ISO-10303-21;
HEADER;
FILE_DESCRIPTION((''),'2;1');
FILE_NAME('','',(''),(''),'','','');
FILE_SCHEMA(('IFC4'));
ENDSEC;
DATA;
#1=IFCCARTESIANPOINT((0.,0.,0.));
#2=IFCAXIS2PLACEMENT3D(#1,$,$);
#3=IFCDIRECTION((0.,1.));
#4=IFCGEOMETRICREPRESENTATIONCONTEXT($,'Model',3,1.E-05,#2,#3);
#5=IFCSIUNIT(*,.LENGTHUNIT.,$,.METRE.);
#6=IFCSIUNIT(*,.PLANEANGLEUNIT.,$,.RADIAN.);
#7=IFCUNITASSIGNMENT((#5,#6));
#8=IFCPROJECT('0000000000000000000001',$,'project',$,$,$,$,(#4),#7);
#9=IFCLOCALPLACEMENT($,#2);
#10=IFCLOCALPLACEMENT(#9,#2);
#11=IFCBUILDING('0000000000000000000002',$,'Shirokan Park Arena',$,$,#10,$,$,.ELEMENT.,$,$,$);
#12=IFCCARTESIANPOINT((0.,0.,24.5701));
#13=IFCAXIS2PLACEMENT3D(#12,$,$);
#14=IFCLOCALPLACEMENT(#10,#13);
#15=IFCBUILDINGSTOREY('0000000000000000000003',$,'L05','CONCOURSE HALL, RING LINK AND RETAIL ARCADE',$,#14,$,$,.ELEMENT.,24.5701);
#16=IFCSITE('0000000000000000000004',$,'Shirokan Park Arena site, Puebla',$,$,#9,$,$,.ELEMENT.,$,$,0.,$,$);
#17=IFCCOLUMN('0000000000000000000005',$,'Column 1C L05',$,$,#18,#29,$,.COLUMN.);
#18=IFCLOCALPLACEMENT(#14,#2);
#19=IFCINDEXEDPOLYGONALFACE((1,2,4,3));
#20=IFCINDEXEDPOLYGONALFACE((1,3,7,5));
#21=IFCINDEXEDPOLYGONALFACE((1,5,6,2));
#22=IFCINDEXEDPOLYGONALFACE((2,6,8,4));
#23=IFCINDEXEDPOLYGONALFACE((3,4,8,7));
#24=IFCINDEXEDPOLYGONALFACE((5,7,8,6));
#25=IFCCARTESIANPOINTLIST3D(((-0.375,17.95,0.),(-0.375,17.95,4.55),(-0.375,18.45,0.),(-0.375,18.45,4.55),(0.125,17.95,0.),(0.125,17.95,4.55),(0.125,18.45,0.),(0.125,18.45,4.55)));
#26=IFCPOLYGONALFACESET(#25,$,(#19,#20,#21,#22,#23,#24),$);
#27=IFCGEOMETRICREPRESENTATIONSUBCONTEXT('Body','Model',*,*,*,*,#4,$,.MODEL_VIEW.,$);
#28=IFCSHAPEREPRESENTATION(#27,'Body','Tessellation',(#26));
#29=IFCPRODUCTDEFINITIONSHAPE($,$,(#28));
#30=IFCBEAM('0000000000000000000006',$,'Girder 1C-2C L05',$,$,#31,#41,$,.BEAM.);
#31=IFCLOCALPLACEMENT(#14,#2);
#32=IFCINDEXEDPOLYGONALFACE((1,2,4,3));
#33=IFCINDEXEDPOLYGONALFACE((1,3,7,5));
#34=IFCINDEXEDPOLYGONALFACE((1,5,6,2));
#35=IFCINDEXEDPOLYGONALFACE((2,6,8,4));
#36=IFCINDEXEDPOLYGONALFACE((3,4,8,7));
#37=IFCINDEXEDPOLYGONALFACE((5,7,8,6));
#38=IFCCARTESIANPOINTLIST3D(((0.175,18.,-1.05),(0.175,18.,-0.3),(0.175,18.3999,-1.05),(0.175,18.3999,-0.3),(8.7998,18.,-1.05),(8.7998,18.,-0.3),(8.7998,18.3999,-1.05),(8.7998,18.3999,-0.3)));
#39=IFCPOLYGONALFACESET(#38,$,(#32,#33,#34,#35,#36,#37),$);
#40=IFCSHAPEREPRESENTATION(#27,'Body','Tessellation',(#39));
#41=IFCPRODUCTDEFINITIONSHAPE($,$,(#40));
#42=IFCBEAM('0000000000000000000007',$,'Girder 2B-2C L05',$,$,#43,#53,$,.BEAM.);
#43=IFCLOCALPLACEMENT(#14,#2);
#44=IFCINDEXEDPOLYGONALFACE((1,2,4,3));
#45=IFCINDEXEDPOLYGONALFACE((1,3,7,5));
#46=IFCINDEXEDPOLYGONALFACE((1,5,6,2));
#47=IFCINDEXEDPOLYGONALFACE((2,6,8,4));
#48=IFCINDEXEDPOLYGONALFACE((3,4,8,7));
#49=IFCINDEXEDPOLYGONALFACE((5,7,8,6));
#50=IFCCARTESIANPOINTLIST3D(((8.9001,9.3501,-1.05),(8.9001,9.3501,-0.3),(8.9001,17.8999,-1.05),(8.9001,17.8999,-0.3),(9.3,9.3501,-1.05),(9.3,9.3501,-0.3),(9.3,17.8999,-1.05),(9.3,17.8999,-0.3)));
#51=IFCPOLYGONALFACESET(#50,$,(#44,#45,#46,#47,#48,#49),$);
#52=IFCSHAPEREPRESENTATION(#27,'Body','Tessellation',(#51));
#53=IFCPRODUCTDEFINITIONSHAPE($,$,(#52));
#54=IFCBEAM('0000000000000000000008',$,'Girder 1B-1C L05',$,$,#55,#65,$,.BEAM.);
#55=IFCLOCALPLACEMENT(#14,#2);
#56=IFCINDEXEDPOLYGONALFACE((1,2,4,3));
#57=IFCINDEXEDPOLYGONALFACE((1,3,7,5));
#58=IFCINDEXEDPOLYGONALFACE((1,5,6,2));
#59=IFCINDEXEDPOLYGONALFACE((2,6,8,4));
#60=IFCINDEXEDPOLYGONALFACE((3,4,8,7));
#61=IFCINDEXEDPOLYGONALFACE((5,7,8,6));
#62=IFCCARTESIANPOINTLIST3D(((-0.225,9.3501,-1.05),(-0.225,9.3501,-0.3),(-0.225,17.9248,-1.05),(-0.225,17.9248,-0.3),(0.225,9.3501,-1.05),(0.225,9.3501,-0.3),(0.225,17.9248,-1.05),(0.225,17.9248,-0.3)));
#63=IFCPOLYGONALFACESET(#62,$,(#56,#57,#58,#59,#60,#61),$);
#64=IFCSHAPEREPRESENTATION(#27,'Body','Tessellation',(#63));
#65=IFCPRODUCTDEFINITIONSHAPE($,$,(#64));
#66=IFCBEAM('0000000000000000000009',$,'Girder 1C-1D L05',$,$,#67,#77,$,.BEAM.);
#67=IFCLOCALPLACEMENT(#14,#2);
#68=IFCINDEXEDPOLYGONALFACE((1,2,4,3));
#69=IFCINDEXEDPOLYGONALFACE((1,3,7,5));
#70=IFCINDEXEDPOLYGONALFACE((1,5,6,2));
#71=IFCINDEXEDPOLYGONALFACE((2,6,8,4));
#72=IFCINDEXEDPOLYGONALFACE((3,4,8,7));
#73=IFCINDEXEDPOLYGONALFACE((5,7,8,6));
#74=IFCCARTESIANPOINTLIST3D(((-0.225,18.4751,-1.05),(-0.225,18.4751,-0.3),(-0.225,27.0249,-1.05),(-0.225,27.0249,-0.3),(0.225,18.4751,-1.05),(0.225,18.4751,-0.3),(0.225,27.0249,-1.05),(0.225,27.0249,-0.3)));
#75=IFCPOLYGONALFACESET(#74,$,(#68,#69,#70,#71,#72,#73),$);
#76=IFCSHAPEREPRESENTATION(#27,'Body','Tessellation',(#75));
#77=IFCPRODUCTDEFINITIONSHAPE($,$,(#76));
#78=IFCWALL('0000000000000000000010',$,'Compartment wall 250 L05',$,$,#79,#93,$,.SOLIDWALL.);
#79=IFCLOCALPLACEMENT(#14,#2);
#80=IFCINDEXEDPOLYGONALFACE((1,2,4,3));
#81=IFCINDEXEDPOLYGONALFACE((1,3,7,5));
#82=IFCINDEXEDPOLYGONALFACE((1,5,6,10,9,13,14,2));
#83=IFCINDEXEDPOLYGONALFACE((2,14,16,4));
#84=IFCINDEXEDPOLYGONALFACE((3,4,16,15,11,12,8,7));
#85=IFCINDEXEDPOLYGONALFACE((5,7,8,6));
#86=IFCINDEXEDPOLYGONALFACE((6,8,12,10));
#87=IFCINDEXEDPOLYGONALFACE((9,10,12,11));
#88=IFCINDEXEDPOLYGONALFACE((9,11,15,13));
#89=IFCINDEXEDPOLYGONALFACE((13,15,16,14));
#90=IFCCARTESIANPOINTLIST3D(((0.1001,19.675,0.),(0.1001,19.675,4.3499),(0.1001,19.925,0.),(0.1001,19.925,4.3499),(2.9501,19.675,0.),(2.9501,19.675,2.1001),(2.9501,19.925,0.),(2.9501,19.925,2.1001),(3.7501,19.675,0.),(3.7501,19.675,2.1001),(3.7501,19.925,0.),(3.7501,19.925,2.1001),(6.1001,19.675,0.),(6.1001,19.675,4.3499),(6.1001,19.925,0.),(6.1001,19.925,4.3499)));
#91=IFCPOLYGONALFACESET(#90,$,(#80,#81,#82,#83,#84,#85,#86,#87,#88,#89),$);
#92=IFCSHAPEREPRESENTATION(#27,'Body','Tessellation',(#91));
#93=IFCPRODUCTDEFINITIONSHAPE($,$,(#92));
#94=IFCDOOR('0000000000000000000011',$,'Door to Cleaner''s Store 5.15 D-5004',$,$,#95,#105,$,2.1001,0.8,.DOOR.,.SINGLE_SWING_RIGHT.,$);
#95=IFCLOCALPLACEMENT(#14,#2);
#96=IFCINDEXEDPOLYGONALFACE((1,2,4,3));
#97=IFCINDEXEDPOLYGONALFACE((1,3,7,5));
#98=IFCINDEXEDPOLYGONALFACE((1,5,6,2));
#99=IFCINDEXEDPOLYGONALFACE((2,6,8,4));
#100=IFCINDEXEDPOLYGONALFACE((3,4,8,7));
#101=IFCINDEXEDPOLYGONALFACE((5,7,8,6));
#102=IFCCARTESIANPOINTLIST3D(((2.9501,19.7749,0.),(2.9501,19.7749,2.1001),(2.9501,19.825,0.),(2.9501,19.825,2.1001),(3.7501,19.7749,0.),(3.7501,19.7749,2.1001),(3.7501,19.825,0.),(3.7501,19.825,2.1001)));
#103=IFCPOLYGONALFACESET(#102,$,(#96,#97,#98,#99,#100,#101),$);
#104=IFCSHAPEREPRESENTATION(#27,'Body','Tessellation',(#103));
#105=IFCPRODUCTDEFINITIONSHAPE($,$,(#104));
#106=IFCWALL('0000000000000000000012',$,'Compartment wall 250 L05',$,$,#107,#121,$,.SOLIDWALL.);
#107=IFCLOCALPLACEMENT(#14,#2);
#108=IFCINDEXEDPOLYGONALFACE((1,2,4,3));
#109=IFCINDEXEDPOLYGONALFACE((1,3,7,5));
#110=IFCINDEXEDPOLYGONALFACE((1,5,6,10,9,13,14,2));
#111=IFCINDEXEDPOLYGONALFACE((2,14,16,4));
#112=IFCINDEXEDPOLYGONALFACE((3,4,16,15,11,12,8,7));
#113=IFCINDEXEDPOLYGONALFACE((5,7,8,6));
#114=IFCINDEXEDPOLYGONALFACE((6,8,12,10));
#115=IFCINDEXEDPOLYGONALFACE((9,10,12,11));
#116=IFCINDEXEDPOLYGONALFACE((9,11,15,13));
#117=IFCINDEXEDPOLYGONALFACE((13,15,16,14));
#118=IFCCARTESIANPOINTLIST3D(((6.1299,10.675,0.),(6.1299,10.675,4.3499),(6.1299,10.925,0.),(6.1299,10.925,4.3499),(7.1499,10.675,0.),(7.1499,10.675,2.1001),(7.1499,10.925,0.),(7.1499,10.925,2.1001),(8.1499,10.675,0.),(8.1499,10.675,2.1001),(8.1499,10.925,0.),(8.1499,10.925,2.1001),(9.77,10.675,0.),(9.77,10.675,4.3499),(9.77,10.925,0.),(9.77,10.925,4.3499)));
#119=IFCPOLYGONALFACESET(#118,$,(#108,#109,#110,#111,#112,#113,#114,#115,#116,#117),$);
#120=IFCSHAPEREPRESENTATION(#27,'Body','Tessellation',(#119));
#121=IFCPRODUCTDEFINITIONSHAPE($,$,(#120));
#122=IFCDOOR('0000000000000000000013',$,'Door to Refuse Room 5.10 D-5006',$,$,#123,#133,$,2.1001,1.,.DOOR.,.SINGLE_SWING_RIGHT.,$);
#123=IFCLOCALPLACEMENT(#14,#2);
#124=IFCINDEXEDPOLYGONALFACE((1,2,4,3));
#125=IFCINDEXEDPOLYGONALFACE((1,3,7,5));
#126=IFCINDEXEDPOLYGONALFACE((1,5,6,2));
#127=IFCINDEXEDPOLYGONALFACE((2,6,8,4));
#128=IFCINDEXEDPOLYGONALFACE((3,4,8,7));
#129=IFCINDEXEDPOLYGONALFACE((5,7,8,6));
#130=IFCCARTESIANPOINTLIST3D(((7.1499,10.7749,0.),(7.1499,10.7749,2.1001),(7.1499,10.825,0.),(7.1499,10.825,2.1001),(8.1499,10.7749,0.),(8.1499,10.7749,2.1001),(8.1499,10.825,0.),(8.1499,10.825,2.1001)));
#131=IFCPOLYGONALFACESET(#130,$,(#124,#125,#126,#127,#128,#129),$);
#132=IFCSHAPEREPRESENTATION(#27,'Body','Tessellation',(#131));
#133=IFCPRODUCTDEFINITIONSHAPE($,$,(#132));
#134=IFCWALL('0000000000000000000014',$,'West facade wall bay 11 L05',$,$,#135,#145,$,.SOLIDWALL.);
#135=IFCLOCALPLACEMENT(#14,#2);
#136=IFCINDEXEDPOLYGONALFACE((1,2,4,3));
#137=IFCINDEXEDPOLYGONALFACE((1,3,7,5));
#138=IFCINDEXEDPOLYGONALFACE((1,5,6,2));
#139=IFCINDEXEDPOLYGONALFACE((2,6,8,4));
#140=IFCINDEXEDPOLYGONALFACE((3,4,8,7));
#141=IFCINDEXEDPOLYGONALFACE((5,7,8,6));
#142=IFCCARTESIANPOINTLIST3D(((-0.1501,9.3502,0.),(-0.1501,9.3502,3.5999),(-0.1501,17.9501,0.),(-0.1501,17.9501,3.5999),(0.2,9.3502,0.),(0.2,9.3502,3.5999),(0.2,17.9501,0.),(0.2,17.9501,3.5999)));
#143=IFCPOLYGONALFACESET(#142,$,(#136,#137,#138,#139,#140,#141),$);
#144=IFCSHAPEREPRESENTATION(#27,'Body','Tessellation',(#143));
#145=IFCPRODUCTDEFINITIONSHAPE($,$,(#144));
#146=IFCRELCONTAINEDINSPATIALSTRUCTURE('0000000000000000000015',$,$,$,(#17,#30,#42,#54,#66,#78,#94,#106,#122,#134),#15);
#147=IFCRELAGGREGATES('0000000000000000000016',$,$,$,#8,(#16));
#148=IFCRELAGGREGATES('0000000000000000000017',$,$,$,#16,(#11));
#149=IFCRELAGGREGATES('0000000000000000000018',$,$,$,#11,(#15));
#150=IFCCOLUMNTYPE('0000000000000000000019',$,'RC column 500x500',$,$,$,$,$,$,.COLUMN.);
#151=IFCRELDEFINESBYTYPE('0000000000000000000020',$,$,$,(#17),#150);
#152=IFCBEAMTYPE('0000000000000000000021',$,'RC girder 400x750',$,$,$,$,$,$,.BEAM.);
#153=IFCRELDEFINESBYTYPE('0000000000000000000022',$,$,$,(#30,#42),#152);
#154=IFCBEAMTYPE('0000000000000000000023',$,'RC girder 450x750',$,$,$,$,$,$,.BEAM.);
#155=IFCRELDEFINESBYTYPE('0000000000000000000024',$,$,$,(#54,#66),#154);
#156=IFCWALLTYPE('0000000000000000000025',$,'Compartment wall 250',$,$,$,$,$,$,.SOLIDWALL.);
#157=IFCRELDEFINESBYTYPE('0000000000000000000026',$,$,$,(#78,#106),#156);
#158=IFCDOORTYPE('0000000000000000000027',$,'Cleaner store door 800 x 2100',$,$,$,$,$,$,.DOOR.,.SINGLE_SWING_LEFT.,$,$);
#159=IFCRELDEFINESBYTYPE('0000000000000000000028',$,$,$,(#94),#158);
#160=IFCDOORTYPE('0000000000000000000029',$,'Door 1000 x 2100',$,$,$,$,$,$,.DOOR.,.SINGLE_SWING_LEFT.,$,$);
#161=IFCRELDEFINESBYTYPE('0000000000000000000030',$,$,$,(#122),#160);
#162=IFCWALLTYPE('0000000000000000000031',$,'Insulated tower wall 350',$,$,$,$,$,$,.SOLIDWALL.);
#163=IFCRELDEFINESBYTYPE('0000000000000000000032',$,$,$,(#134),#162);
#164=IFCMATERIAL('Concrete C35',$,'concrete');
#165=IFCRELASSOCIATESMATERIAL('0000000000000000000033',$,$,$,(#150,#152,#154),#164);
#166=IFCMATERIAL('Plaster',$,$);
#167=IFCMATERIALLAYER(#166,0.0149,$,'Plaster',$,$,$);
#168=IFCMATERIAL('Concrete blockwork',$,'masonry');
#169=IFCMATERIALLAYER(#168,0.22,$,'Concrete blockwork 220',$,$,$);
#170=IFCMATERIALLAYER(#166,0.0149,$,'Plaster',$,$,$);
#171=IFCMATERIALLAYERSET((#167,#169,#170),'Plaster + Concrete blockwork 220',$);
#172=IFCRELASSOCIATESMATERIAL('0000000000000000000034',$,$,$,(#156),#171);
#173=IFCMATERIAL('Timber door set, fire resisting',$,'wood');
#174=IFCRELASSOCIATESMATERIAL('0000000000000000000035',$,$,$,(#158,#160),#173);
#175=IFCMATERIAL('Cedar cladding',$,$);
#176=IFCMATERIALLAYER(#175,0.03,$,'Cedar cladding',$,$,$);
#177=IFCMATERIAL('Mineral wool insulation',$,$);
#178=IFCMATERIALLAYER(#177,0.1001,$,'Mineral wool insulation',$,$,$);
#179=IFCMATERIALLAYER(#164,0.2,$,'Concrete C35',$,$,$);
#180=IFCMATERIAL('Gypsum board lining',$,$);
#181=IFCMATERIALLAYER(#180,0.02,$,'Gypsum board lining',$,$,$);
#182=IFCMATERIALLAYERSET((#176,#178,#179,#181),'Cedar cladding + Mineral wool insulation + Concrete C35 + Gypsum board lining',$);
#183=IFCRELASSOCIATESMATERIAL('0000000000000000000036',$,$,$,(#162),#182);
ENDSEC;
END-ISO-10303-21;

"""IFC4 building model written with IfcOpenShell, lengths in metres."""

from ifc_helpers import new_model, si_unit, direction, frame, frame_2d, origin, origin_2d, place, context, subcontext, project, spatial, rectangle, extrude, material, layer, layer_set, material_profile, profile_set, type_object, element, fill, save


model = new_model("IFC4")

# Units and contexts
model_context = context("Model", 3, precision=1e-05, world=origin(), true_north=direction((0.0, 1.0)))
body_context = subcontext(model_context, "Body", "Model", "MODEL_VIEW")
ifc_project = project(units=[si_unit("LENGTHUNIT", "METRE"), si_unit("PLANEANGLEUNIT", "RADIAN")], contexts=[model_context])

# Site, building, storey
site_placement = place(None, origin())
site = spatial("IfcSite", under=ifc_project, at=site_placement, Name="Shirokan Park Arena site, Puebla", CompositionType="ELEMENT", RefElevation=0.0)
building_placement = place(site_placement, origin())
building = spatial("IfcBuilding", under=site, at=building_placement, Name="Shirokan Park Arena", CompositionType="ELEMENT")
storey_placement = place(building_placement, frame((0.0, 0.0, 24.5701)))
storey = spatial("IfcBuildingStorey", under=building, at=storey_placement, Name="L05", Description="CONCOURSE HALL, RING LINK AND RETAIL ARCADE", CompositionType="ELEMENT", Elevation=24.5701)

# Column
ifc_material_1 = material(Name="Concrete C35", Category="concrete")
ifc_material_profile_1 = material_profile(ifc_material_1, rectangle(XDim=0.5, YDim=0.5, at=origin_2d()), Name="500x500")
ifc_profile_set_1 = profile_set([ifc_material_profile_1], Name="Concrete C35")
column_type = type_object("IfcColumnType", Name="RC column 500x500", PredefinedType="COLUMN", material=ifc_profile_set_1)
column_placement = place(storey_placement, frame((-0.125, 18.2, 0.0), z_axis=(0.0, 0.0, 1.0), x_axis=(1.0, 0.0, 0.0)))
element("IfcColumn", 1, at=column_placement, inside=storey, type_object=column_type, Name="Column 1C L05", PredefinedType="COLUMN", context=body_context, shape_type="SweptSolid", body=[
    extrude(rectangle(XDim=0.5, YDim=0.5, at=origin_2d()), origin(), (0.0, 0.0, 1.0), 4.55),
])

# Beams
ifc_material_profile_2 = material_profile(ifc_material_1, rectangle(XDim=0.3999, YDim=0.75, at=origin_2d()), Name="400x750")
ifc_profile_set_2 = profile_set([ifc_material_profile_2], Name="Concrete C35")
beam_type_1 = type_object("IfcBeamType", Name="RC girder 400x750", PredefinedType="BEAM", material=ifc_profile_set_2)
beam_1_placement = place(storey_placement, frame((0.175, 18.2, -0.675), z_axis=(1.0, 0.0, 0.0), x_axis=(0.0, 1.0, 0.0)))
element("IfcBeam", 2, at=beam_1_placement, inside=storey, type_object=beam_type_1, Name="Girder 1C-2C L05", PredefinedType="BEAM", context=body_context, shape_type="SweptSolid", body=[
    extrude(rectangle(XDim=0.3999, YDim=0.75, at=origin_2d()), origin(), (0.0, 0.0, 1.0), 8.6248),
])
beam_2_placement = place(storey_placement, frame((9.1001, 9.3501, -0.675), z_axis=(0.0, 1.0, 0.0), x_axis=(-1.0, 0.0, 0.0)))
element("IfcBeam", 3, at=beam_2_placement, inside=storey, type_object=beam_type_1, Name="Girder 2B-2C L05", PredefinedType="BEAM", context=body_context, shape_type="SweptSolid", body=[
    extrude(rectangle(XDim=0.3999, YDim=0.75, at=origin_2d()), origin(), (0.0, 0.0, 1.0), 8.5498),
])
ifc_material_profile_3 = material_profile(ifc_material_1, rectangle(XDim=0.45, YDim=0.75, at=origin_2d()), Name="450x750")
ifc_profile_set_3 = profile_set([ifc_material_profile_3], Name="Concrete C35")
beam_type_2 = type_object("IfcBeamType", Name="RC girder 450x750", PredefinedType="BEAM", material=ifc_profile_set_3)
beam_3_placement = place(storey_placement, frame((0.0, 9.3501, -0.675), z_axis=(0.0, 1.0, 0.0), x_axis=(-1.0, 0.0, 0.0)))
element("IfcBeam", 4, at=beam_3_placement, inside=storey, type_object=beam_type_2, Name="Girder 1B-1C L05", PredefinedType="BEAM", context=body_context, shape_type="SweptSolid", body=[
    extrude(rectangle(XDim=0.45, YDim=0.75, at=origin_2d()), origin(), (0.0, 0.0, 1.0), 8.5747),
])
beam_4_placement = place(storey_placement, frame((0.0, 18.4751, -0.675), z_axis=(0.0, 1.0, 0.0), x_axis=(-1.0, 0.0, 0.0)))
element("IfcBeam", 5, at=beam_4_placement, inside=storey, type_object=beam_type_2, Name="Girder 1C-1D L05", PredefinedType="BEAM", context=body_context, shape_type="SweptSolid", body=[
    extrude(rectangle(XDim=0.45, YDim=0.75, at=origin_2d()), origin(), (0.0, 0.0, 1.0), 8.5498),
])

# Walls, openings, doors
ifc_material_2 = material(Name="Plaster")
ifc_layer_1 = layer(ifc_material_2, 0.0149, Name="Plaster")
ifc_material_3 = material(Name="Concrete blockwork", Category="masonry")
ifc_layer_2 = layer(ifc_material_3, 0.22, Name="Concrete blockwork 220")
ifc_layer_3 = layer(ifc_material_2, 0.0149, Name="Plaster")
ifc_layer_set_1 = layer_set([ifc_layer_1, ifc_layer_2, ifc_layer_3], Name="Plaster + Concrete blockwork 220")
wall_type_1 = type_object("IfcWallType", Name="Compartment wall 250", PredefinedType="SOLIDWALL", material=ifc_layer_set_1)
wall_1_placement = place(storey_placement, frame((0.1001, 19.8, 0.0), z_axis=(0.0, 0.0, 1.0), x_axis=(1.0, 0.0, 0.0)))
wall_1 = element("IfcWall", 6, at=wall_1_placement, inside=storey, type_object=wall_type_1, Name="Compartment wall 250 L05", PredefinedType="SOLIDWALL", context=body_context, shape_type="SweptSolid", body=[
    extrude(rectangle(XDim=6.0, YDim=0.25, at=frame_2d((3.0, 0.0))), origin(), (0.0, 0.0, 1.0), 4.3499),
])
opening_1_placement = place(wall_1_placement, frame((2.8501, 0.0, 0.0)))
opening_1 = element("IfcOpeningElement", 7, at=opening_1_placement, cuts=wall_1, PredefinedType="OPENING", context=body_context, shape_type="SweptSolid", body=[
    extrude(rectangle(XDim=0.8, YDim=2.1001, at=frame_2d((0.3999, 1.05))), frame((0.0, 0.135, 0.0), z_axis=(0.0, -1.0, 0.0), x_axis=(1.0, 0.0, 0.0)), (0.0, 0.0, 1.0), 0.27),
])
ifc_material_4 = material(Name="Timber door set, fire resisting", Category="wood")
door_type_1 = type_object("IfcDoorType", Name="Cleaner store door 800 x 2100", OperationType="SINGLE_SWING_LEFT", PredefinedType="DOOR", material=ifc_material_4)
door_1_placement = place(opening_1_placement, origin())
door_1 = element("IfcDoor", 8, at=door_1_placement, inside=storey, type_object=door_type_1, Name="Door to Cleaner's Store 5.15 D-5004", OperationType="SINGLE_SWING_RIGHT", OverallHeight=2.1001, OverallWidth=0.8, PredefinedType="DOOR", context=body_context, shape_type="SweptSolid", body=[
    extrude(rectangle(XDim=0.8, YDim=2.1001, at=frame_2d((0.3999, 1.05))), frame((0.0, 0.0249, 0.0), z_axis=(0.0, -1.0, 0.0), x_axis=(1.0, 0.0, 0.0)), (0.0, 0.0, 1.0), 0.05),
])
fill(opening_1, door_1)
wall_2_placement = place(storey_placement, frame((6.1299, 10.8, 0.0), z_axis=(0.0, 0.0, 1.0), x_axis=(1.0, 0.0, 0.0)))
wall_2 = element("IfcWall", 9, at=wall_2_placement, inside=storey, type_object=wall_type_1, Name="Compartment wall 250 L05", PredefinedType="SOLIDWALL", context=body_context, shape_type="SweptSolid", body=[
    extrude(rectangle(XDim=3.6401, YDim=0.25, at=frame_2d((1.8201, 0.0))), origin(), (0.0, 0.0, 1.0), 4.3499),
])
opening_2_placement = place(wall_2_placement, frame((1.02, 0.0, 0.0)))
opening_2 = element("IfcOpeningElement", 10, at=opening_2_placement, cuts=wall_2, PredefinedType="OPENING", context=body_context, shape_type="SweptSolid", body=[
    extrude(rectangle(XDim=1.0, YDim=2.1001, at=frame_2d((0.5, 1.05))), frame((0.0, 0.135, 0.0), z_axis=(0.0, -1.0, 0.0), x_axis=(1.0, 0.0, 0.0)), (0.0, 0.0, 1.0), 0.27),
])
door_type_2 = type_object("IfcDoorType", Name="Door 1000 x 2100", OperationType="SINGLE_SWING_LEFT", PredefinedType="DOOR", material=ifc_material_4)
door_2_placement = place(opening_2_placement, origin())
door_2 = element("IfcDoor", 11, at=door_2_placement, inside=storey, type_object=door_type_2, Name="Door to Refuse Room 5.10 D-5006", OperationType="SINGLE_SWING_RIGHT", OverallHeight=2.1001, OverallWidth=1.0, PredefinedType="DOOR", context=body_context, shape_type="SweptSolid", body=[
    extrude(rectangle(XDim=1.0, YDim=2.1001, at=frame_2d((0.5, 1.05))), frame((0.0, 0.0249, 0.0), z_axis=(0.0, -1.0, 0.0), x_axis=(1.0, 0.0, 0.0)), (0.0, 0.0, 1.0), 0.05),
])
fill(opening_2, door_2)

# Wall
ifc_material_5 = material(Name="Cedar cladding")
ifc_layer_4 = layer(ifc_material_5, 0.03, Name="Cedar cladding")
ifc_material_6 = material(Name="Mineral wool insulation")
ifc_layer_5 = layer(ifc_material_6, 0.1001, Name="Mineral wool insulation")
ifc_layer_6 = layer(ifc_material_1, 0.2, Name="Concrete C35")
ifc_material_7 = material(Name="Gypsum board lining")
ifc_layer_7 = layer(ifc_material_7, 0.02, Name="Gypsum board lining")
ifc_layer_set_2 = layer_set([ifc_layer_4, ifc_layer_5, ifc_layer_6, ifc_layer_7], Name="Cedar cladding + Mineral wool insulation + Concrete C35 + Gypsum board lining")
wall_type_2 = type_object("IfcWallType", Name="Insulated tower wall 350", PredefinedType="SOLIDWALL", material=ifc_layer_set_2)
wall_3_placement = place(storey_placement, frame((0.0249, 17.95, 0.0), z_axis=(0.0, 0.0, 1.0), x_axis=(0.0, -1.0, 0.0)))
element("IfcWall", 12, at=wall_3_placement, inside=storey, type_object=wall_type_2, Name="West facade wall bay 11 L05", PredefinedType="SOLIDWALL", context=body_context, shape_type="SweptSolid", body=[
    extrude(rectangle(XDim=8.5999, YDim=0.3501, at=frame_2d((4.2998, 0.0))), origin(), (0.0, 0.0, 1.0), 3.5999),
])

save(model, "model.ifc")
